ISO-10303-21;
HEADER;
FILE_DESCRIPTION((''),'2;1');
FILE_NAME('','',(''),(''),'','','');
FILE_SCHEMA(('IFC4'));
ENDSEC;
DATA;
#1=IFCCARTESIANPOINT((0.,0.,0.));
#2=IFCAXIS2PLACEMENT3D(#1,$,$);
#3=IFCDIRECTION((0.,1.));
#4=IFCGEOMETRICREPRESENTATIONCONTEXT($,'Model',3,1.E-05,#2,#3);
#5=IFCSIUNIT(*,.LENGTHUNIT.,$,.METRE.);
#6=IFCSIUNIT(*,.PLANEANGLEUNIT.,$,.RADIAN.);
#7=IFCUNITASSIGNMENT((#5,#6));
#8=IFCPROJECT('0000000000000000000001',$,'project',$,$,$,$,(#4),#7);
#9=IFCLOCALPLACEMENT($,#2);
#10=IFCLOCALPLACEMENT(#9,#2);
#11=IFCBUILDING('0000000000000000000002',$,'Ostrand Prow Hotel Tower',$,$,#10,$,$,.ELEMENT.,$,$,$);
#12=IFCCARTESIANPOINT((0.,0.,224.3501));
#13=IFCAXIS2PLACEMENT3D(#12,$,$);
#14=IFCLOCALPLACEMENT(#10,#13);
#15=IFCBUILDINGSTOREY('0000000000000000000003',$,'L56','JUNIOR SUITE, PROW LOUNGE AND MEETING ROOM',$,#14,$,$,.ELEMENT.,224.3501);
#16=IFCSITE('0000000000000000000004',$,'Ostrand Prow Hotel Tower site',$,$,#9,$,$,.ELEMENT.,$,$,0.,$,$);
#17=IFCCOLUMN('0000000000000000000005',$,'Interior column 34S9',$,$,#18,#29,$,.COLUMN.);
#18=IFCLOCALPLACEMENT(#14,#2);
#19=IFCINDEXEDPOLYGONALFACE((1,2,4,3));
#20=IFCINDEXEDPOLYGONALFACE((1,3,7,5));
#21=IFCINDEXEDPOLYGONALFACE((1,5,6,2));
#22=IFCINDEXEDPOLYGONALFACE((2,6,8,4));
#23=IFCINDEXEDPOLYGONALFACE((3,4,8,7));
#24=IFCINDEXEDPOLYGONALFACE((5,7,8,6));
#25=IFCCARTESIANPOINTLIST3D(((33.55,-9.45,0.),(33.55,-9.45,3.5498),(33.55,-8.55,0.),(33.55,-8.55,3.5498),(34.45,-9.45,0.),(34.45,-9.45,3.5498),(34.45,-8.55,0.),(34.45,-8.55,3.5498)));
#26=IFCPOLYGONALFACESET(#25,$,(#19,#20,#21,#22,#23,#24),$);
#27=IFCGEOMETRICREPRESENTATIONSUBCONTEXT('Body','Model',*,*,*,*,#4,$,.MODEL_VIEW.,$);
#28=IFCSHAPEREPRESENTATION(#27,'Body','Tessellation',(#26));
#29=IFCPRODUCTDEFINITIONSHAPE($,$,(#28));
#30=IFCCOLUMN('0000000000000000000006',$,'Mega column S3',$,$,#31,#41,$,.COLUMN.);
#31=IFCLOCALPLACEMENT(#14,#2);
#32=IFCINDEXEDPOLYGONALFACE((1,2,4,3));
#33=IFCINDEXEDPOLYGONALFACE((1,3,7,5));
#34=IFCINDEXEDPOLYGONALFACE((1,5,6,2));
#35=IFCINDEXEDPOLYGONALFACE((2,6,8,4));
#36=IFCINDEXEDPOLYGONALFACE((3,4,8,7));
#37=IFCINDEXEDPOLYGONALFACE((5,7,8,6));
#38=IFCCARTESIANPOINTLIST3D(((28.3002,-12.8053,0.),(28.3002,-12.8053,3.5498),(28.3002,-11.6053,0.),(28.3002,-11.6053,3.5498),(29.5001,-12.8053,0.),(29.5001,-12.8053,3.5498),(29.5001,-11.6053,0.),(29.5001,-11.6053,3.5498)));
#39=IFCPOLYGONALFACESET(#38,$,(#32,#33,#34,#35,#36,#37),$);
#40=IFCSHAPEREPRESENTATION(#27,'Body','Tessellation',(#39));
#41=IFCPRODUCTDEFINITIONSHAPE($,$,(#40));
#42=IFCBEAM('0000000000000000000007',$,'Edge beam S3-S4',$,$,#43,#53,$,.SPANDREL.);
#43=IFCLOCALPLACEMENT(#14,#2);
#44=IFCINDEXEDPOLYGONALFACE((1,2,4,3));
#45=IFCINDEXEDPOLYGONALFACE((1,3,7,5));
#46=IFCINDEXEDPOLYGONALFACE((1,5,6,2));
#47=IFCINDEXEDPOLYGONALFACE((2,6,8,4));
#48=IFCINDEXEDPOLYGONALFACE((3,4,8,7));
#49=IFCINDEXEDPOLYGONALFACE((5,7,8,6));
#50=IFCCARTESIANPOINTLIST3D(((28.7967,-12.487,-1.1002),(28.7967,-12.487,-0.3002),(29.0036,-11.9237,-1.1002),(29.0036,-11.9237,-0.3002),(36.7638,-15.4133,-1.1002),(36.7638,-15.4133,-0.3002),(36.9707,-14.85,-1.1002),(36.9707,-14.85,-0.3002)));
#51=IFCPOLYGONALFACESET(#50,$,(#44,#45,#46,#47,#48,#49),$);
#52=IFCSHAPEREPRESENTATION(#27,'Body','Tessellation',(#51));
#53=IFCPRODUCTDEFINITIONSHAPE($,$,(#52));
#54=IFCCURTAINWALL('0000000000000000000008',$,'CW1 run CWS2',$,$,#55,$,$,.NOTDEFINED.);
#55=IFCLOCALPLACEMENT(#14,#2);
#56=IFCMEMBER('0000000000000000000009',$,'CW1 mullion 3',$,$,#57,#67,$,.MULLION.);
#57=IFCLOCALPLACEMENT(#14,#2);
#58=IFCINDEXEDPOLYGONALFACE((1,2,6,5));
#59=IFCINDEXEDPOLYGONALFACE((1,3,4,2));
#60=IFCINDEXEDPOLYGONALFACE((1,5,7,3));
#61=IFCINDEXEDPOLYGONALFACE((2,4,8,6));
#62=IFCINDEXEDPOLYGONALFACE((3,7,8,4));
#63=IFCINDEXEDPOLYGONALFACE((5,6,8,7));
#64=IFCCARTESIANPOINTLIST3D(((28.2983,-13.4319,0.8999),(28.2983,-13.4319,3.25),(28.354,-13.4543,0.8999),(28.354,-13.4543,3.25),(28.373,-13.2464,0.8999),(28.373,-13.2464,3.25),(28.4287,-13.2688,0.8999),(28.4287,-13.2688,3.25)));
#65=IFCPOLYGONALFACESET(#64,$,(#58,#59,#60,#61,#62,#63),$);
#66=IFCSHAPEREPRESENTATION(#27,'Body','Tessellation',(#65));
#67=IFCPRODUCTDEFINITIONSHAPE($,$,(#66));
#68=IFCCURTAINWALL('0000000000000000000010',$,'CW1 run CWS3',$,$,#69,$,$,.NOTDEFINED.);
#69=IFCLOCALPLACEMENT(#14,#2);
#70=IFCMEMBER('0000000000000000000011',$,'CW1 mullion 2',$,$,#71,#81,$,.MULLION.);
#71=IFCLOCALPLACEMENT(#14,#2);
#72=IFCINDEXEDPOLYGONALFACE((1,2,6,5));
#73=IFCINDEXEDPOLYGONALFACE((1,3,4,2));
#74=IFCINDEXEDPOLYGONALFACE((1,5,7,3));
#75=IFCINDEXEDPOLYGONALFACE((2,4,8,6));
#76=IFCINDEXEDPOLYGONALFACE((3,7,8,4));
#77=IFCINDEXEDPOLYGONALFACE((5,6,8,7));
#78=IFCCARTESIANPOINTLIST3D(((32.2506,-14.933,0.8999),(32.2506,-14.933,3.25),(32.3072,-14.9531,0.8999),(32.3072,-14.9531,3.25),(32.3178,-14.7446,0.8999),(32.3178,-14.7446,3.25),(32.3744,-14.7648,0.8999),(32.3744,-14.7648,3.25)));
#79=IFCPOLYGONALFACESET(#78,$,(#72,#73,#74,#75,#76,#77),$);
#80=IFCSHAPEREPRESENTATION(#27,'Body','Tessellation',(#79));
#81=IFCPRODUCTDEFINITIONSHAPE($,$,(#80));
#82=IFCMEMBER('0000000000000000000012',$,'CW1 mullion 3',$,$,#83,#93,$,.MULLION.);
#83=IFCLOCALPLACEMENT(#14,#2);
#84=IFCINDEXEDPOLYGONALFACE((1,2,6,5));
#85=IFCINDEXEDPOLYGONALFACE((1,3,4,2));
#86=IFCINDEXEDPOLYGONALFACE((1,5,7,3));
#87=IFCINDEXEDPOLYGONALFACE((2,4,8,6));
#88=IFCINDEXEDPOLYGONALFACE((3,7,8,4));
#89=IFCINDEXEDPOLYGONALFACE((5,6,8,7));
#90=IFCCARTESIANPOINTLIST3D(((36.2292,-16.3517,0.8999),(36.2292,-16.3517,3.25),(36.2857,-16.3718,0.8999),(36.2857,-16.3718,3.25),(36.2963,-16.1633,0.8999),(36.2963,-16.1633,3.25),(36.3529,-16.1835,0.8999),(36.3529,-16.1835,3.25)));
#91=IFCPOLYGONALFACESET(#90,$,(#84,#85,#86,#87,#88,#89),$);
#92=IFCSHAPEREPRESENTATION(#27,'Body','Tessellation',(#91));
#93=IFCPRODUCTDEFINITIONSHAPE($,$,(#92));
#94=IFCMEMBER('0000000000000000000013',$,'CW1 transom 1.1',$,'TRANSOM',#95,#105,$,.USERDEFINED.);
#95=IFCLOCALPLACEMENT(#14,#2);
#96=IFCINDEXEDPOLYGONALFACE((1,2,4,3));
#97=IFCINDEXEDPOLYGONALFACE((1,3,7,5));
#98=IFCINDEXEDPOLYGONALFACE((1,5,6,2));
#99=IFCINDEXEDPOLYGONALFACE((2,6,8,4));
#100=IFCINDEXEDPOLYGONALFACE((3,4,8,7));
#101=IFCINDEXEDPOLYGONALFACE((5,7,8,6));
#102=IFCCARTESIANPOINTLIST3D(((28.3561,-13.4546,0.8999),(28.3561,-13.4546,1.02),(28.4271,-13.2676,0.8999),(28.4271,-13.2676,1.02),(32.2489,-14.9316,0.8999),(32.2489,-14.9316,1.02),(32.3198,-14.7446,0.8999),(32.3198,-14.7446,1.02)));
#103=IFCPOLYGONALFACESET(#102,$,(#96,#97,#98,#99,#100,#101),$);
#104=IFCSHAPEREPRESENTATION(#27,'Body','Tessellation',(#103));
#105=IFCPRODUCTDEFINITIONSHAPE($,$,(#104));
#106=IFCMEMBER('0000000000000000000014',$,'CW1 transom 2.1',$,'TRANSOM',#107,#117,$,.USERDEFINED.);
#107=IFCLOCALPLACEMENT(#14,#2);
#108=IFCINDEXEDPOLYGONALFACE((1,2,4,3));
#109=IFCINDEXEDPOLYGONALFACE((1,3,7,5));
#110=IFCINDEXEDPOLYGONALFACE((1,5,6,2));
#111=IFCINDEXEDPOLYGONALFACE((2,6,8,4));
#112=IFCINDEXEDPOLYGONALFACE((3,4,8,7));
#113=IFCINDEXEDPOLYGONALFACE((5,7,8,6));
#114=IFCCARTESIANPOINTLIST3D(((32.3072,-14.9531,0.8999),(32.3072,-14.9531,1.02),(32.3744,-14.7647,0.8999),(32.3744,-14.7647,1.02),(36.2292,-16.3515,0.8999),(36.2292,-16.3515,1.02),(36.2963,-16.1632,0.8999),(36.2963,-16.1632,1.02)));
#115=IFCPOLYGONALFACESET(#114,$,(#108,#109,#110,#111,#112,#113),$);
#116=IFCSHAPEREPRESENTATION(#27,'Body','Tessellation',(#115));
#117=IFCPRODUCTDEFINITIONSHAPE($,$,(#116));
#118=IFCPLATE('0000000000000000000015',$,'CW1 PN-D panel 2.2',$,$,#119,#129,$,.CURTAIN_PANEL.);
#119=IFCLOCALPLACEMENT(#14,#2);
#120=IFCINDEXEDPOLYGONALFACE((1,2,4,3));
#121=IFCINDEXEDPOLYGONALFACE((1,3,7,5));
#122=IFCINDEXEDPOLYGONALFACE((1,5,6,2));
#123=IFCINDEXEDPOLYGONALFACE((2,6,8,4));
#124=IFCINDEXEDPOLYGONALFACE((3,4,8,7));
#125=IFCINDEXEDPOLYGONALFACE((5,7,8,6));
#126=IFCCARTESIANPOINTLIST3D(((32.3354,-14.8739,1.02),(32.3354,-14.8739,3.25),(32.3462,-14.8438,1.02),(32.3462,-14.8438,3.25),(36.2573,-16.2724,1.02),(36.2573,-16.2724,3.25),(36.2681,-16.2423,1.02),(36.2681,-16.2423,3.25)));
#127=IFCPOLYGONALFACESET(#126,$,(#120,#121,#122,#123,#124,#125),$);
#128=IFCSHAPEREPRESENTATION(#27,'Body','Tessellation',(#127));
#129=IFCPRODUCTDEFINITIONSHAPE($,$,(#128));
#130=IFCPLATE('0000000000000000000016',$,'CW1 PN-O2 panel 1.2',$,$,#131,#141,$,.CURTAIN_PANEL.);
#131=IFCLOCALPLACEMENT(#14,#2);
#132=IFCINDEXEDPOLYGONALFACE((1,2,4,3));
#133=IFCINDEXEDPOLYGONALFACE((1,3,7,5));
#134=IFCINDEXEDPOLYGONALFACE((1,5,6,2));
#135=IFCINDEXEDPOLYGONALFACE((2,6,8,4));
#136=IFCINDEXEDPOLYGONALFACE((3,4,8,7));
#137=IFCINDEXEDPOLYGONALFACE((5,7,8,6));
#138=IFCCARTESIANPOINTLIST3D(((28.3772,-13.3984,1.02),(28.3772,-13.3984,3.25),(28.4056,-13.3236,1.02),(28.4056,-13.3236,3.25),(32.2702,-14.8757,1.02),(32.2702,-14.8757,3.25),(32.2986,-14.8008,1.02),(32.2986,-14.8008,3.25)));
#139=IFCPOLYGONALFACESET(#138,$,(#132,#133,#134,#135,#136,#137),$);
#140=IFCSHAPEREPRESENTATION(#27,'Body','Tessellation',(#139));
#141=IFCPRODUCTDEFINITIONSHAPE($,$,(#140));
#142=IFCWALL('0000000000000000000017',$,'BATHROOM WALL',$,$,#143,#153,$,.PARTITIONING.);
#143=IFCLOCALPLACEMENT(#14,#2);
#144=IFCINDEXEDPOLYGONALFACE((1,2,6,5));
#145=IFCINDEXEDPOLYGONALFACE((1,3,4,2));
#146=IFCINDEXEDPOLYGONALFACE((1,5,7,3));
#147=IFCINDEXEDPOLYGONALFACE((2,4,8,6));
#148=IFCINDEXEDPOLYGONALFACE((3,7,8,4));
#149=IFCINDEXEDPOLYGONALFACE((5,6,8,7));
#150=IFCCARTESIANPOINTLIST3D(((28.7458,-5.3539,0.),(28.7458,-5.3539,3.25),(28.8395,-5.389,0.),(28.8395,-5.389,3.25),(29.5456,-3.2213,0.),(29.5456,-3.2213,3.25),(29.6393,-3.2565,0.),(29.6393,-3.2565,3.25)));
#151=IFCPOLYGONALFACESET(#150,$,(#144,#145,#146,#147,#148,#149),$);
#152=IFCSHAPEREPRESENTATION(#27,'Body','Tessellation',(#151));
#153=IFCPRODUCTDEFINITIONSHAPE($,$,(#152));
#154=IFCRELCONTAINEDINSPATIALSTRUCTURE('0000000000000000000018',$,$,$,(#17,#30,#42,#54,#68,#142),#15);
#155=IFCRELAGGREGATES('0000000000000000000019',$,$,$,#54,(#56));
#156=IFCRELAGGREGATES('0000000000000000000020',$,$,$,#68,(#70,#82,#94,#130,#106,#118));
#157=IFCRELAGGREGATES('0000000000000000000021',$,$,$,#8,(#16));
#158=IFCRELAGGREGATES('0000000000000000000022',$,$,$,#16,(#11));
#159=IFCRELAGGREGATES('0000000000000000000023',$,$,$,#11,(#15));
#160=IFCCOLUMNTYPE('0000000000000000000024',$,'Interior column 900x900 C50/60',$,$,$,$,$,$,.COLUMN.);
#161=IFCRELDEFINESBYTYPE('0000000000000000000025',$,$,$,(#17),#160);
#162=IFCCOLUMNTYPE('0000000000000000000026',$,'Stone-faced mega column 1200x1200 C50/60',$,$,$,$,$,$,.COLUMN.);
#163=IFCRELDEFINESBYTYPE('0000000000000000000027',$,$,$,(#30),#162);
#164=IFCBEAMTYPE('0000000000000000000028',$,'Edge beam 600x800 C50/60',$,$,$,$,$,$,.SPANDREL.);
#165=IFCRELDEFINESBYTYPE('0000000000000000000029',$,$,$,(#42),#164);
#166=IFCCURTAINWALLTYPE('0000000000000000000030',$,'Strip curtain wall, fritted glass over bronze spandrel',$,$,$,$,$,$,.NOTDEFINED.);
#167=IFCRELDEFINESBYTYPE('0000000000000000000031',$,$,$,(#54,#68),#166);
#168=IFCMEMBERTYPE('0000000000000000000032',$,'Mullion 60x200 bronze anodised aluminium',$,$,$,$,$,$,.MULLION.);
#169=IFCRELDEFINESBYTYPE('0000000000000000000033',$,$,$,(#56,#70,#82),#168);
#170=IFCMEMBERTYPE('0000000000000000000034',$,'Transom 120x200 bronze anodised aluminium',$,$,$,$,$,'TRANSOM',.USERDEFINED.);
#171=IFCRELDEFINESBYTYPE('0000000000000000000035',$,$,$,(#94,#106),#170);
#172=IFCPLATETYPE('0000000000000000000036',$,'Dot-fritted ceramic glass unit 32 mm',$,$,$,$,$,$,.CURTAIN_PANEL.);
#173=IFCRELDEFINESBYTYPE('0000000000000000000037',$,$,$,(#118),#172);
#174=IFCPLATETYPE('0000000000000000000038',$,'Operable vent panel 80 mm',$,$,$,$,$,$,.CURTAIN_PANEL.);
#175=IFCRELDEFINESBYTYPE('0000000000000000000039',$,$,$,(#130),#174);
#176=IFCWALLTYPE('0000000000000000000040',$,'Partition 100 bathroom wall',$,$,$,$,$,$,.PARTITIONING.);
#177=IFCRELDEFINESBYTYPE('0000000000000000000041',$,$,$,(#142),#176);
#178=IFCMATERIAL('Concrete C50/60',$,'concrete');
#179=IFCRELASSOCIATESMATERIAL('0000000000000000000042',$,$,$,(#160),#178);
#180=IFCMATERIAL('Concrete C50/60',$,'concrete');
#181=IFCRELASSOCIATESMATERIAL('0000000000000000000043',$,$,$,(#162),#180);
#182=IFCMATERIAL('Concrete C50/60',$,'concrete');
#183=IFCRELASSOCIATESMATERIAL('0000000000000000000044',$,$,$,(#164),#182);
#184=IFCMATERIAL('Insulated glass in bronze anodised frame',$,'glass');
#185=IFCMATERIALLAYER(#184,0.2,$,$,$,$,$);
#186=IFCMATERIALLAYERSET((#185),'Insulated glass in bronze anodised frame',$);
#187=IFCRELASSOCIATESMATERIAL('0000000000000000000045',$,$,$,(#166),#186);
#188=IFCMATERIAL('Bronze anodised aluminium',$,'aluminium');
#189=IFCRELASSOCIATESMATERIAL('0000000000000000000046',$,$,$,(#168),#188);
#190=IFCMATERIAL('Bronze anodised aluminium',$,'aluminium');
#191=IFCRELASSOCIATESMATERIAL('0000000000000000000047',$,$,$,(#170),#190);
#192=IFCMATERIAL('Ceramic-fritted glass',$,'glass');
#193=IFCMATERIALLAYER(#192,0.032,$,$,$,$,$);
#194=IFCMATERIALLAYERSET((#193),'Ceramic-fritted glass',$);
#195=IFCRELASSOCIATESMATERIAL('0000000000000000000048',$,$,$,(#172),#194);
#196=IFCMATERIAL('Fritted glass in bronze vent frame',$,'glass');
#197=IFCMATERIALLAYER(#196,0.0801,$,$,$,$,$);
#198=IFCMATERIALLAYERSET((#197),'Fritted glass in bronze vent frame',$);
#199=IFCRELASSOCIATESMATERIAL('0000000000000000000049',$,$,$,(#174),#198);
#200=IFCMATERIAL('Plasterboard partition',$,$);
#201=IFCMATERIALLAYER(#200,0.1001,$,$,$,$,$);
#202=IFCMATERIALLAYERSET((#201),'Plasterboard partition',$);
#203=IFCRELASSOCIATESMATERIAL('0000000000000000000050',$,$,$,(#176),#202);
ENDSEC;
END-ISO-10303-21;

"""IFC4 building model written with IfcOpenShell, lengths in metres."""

from ifc_helpers import new_model, si_unit, direction, frame, frame_2d, origin, origin_2d, place, context, subcontext, project, spatial, rectangle, extrude, material, layer, layer_set, material_profile, profile_set, type_object, element, aggregate, save


model = new_model("IFC4")

# Units and contexts
model_context = context("Model", 3, precision=1e-05, world=origin(), true_north=direction((0.0, 1.0)))
body_context = subcontext(model_context, "Body", "Model", "MODEL_VIEW")
ifc_project = project(units=[si_unit("LENGTHUNIT", "METRE"), si_unit("PLANEANGLEUNIT", "RADIAN")], contexts=[model_context])

# Site, building, storey
site_placement = place(None, origin())
site = spatial("IfcSite", under=ifc_project, at=site_placement, Name="Ostrand Prow Hotel Tower site", CompositionType="ELEMENT", RefElevation=0.0)
building_placement = place(site_placement, origin())
building = spatial("IfcBuilding", under=site, at=building_placement, Name="Ostrand Prow Hotel Tower", CompositionType="ELEMENT")
storey_placement = place(building_placement, frame((0.0, 0.0, 224.3501)))
storey = spatial("IfcBuildingStorey", under=building, at=storey_placement, Name="L56", Description="JUNIOR SUITE, PROW LOUNGE AND MEETING ROOM", CompositionType="ELEMENT", Elevation=224.3501)

# Columns
ifc_material_1 = material(Name="Concrete C50/60", Category="concrete")
ifc_material_profile_1 = material_profile(ifc_material_1, rectangle(XDim=0.8999, YDim=0.8999, at=origin_2d()), Name="RC 900x900")
ifc_profile_set_1 = profile_set([ifc_material_profile_1], Name="Concrete C50/60")
column_type_1 = type_object("IfcColumnType", Name="Interior column 900x900 C50/60", PredefinedType="COLUMN", material=ifc_profile_set_1)
column_1_placement = place(storey_placement, frame((34.0, -9.0, 0.0), z_axis=(0.0, 0.0, 1.0), x_axis=(1.0, 0.0, 0.0)))
element("IfcColumn", 1, at=column_1_placement, inside=storey, type_object=column_type_1, Name="Interior column 34S9", PredefinedType="COLUMN", context=body_context, shape_type="SweptSolid", body=[
    extrude(rectangle(XDim=0.8999, YDim=0.8999, at=origin_2d()), origin(), (0.0, 0.0, 1.0), 3.5498),
])
ifc_material_2 = material(Name="Concrete C50/60", Category="concrete")
ifc_material_profile_2 = material_profile(ifc_material_2, rectangle(XDim=1.2, YDim=1.2, at=origin_2d()), Name="RC 1200x1200")
ifc_profile_set_2 = profile_set([ifc_material_profile_2], Name="Concrete C50/60")
column_type_2 = type_object("IfcColumnType", Name="Stone-faced mega column 1200x1200 C50/60", PredefinedType="COLUMN", material=ifc_profile_set_2)
column_2_placement = place(storey_placement, frame((28.9001, -12.2053, 0.0), z_axis=(0.0, 0.0, 1.0), x_axis=(1.0, 0.0, 0.0)))
element("IfcColumn", 2, at=column_2_placement, inside=storey, type_object=column_type_2, Name="Mega column S3", PredefinedType="COLUMN", context=body_context, shape_type="SweptSolid", body=[
    extrude(rectangle(XDim=1.2, YDim=1.2, at=origin_2d()), origin(), (0.0, 0.0, 1.0), 3.5498),
])

# Beam
ifc_material_3 = material(Name="Concrete C50/60", Category="concrete")
ifc_material_profile_3 = material_profile(ifc_material_3, rectangle(XDim=0.6001, YDim=0.8, at=origin_2d()), Name="RC 600x800")
ifc_profile_set_3 = profile_set([ifc_material_profile_3], Name="Concrete C50/60")
beam_type = type_object("IfcBeamType", Name="Edge beam 600x800 C50/60", PredefinedType="SPANDREL", material=ifc_profile_set_3)
beam_placement = place(storey_placement, frame((28.9001, -12.2053, -0.7002), z_axis=(0.938685, -0.344776, 0.0), x_axis=(0.344776, 0.938685, 0.0)))
element("IfcBeam", 3, at=beam_placement, inside=storey, type_object=beam_type, Name="Edge beam S3-S4", PredefinedType="SPANDREL", context=body_context, shape_type="SweptSolid", body=[
    extrude(rectangle(XDim=0.6001, YDim=0.8, at=origin_2d()), origin(), (0.0, 0.0, 1.0), 8.4875),
])

# Curtain wall, member
ifc_material_4 = material(Name="Insulated glass in bronze anodised frame", Category="glass")
ifc_layer_1 = layer(ifc_material_4, 0.2)
ifc_layer_set_1 = layer_set([ifc_layer_1], Name="Insulated glass in bronze anodised frame")
curtain_wall_type = type_object("IfcCurtainWallType", Name="Strip curtain wall, fritted glass over bronze spandrel", PredefinedType="NOTDEFINED", material=ifc_layer_set_1)
curtain_wall_1_placement = place(storey_placement, origin())
curtain_wall_1 = element("IfcCurtainWall", 4, at=curtain_wall_1_placement, inside=storey, type_object=curtain_wall_type, Name="CW1 run CWS2", PredefinedType="NOTDEFINED")
ifc_material_5 = material(Name="Bronze anodised aluminium", Category="aluminium")
ifc_material_profile_4 = material_profile(ifc_material_5, rectangle(XDim=0.2, YDim=0.0601, at=origin_2d()), Name="Mullion 60x200 bronze anodised aluminium")
ifc_profile_set_4 = profile_set([ifc_material_profile_4], Name="Bronze anodised aluminium")
member_type_1 = type_object("IfcMemberType", Name="Mullion 60x200 bronze anodised aluminium", PredefinedType="MULLION", material=ifc_profile_set_4)
member_1_placement = place(storey_placement, frame((28.3635, -13.3503, 0.8999), z_axis=(0.0, 0.0, 1.0), x_axis=(0.373533, 0.927617, 0.0)))
member_1 = element("IfcMember", 5, at=member_1_placement, type_object=member_type_1, Name="CW1 mullion 3", PredefinedType="MULLION", context=body_context, shape_type="SweptSolid", body=[
    extrude(rectangle(XDim=0.2, YDim=0.0601, at=origin_2d()), origin(), (0.0, 0.0, 1.0), 2.3501),
])
aggregate(curtain_wall_1, [member_1])

# Curtain wall, members, plates
curtain_wall_2_placement = place(storey_placement, origin())
curtain_wall_2 = element("IfcCurtainWall", 6, at=curtain_wall_2_placement, inside=storey, type_object=curtain_wall_type, Name="CW1 run CWS3", PredefinedType="NOTDEFINED")
member_2_placement = place(storey_placement, frame((32.3125, -14.8489, 0.8999), z_axis=(0.0, 0.0, 1.0), x_axis=(0.335877, 0.941906, 0.0)))
member_2 = element("IfcMember", 7, at=member_2_placement, type_object=member_type_1, Name="CW1 mullion 2", PredefinedType="MULLION", context=body_context, shape_type="SweptSolid", body=[
    extrude(rectangle(XDim=0.2, YDim=0.0601, at=origin_2d()), origin(), (0.0, 0.0, 1.0), 2.3501),
])
member_3_placement = place(storey_placement, frame((36.291, -16.2676, 0.8999), z_axis=(0.0, 0.0, 1.0), x_axis=(0.335877, 0.941906, 0.0)))
member_3 = element("IfcMember", 8, at=member_3_placement, type_object=member_type_1, Name="CW1 mullion 3", PredefinedType="MULLION", context=body_context, shape_type="SweptSolid", body=[
    extrude(rectangle(XDim=0.2, YDim=0.0601, at=origin_2d()), origin(), (0.0, 0.0, 1.0), 2.3501),
])
ifc_material_6 = material(Name="Bronze anodised aluminium", Category="aluminium")
ifc_material_profile_5 = material_profile(ifc_material_6, rectangle(XDim=0.2, YDim=0.1201, at=origin_2d()), Name="Transom 120x200 bronze anodised aluminium")
ifc_profile_set_5 = profile_set([ifc_material_profile_5], Name="Bronze anodised aluminium")
member_type_2 = type_object("IfcMemberType", Name="Transom 120x200 bronze anodised aluminium", ElementType="TRANSOM", PredefinedType="USERDEFINED", material=ifc_profile_set_5)
member_4_placement = place(storey_placement, frame((28.3916, -13.3611, 0.96), z_axis=(0.934961, -0.354751, 0.0), x_axis=(0.354751, 0.934961, 0.0)))
member_4 = element("IfcMember", 9, at=member_4_placement, type_object=member_type_2, Name="CW1 transom 1.1", ObjectType="TRANSOM", PredefinedType="USERDEFINED", context=body_context, shape_type="SweptSolid", body=[
    extrude(rectangle(XDim=0.2, YDim=0.1201, at=origin_2d()), origin(), (0.0, 0.0, 1.0), 4.1636),
])
member_5_placement = place(storey_placement, frame((32.3408, -14.8589, 0.96), z_axis=(0.941912, -0.335861, 0.0), x_axis=(0.335861, 0.941912, 0.0)))
member_5 = element("IfcMember", 10, at=member_5_placement, type_object=member_type_2, Name="CW1 transom 2.1", ObjectType="TRANSOM", PredefinedType="USERDEFINED", context=body_context, shape_type="SweptSolid", body=[
    extrude(rectangle(XDim=0.2, YDim=0.1201, at=origin_2d()), origin(), (0.0, 0.0, 1.0), 4.1638),
])
ifc_material_7 = material(Name="Ceramic-fritted glass", Category="glass")
ifc_layer_2 = layer(ifc_material_7, 0.032)
ifc_layer_set_2 = layer_set([ifc_layer_2], Name="Ceramic-fritted glass")
plate_type_1 = type_object("IfcPlateType", Name="Dot-fritted ceramic glass unit 32 mm", PredefinedType="CURTAIN_PANEL", material=ifc_layer_set_2)
plate_1_placement = place(storey_placement, frame((34.3018, -15.5581, 1.02), z_axis=(0.0, 0.0, 1.0), x_axis=(0.941906, -0.335877, 0.0)))
plate_1 = element("IfcPlate", 11, at=plate_1_placement, type_object=plate_type_1, Name="CW1 PN-D panel 2.2", PredefinedType="CURTAIN_PANEL", context=body_context, shape_type="SweptSolid", body=[
    extrude(rectangle(XDim=4.1638, YDim=0.032, at=origin_2d()), origin(), (0.0, 0.0, 1.0), 2.23),
])
ifc_material_8 = material(Name="Fritted glass in bronze vent frame", Category="glass")
ifc_layer_3 = layer(ifc_material_8, 0.0801)
ifc_layer_set_3 = layer_set([ifc_layer_3], Name="Fritted glass in bronze vent frame")
plate_type_2 = type_object("IfcPlateType", Name="Operable vent panel 80 mm", PredefinedType="CURTAIN_PANEL", material=ifc_layer_set_3)
plate_2_placement = place(storey_placement, frame((30.3379, -14.0996, 1.02), z_axis=(0.0, 0.0, 1.0), x_axis=(0.934951, -0.354777, 0.0)))
plate_2 = element("IfcPlate", 12, at=plate_2_placement, type_object=plate_type_2, Name="CW1 PN-O2 panel 1.2", PredefinedType="CURTAIN_PANEL", context=body_context, shape_type="SweptSolid", body=[
    extrude(rectangle(XDim=4.1638, YDim=0.0801, at=origin_2d()), origin(), (0.0, 0.0, 1.0), 2.23),
])
aggregate(curtain_wall_2, [member_2, member_3, member_4, plate_2, member_5, plate_1])

# Wall
ifc_material_9 = material(Name="Plasterboard partition")
ifc_layer_4 = layer(ifc_material_9, 0.1001)
ifc_layer_set_4 = layer_set([ifc_layer_4], Name="Plasterboard partition")
wall_type_1 = type_object("IfcWallType", Name="Partition 100 bathroom wall", PredefinedType="PARTITIONING", material=ifc_layer_set_4)
wall_1_placement = place(storey_placement, frame((28.7927, -5.3713, 0.0), z_axis=(0.0, 0.0, 1.0), x_axis=(0.351159, 0.936316, 0.0)))
element("IfcWall", 13, at=wall_1_placement, inside=storey, type_object=wall_type_1, Name="BATHROOM WALL", PredefinedType="PARTITIONING", context=body_context, shape_type="SweptSolid", body=[
    extrude(rectangle(XDim=2.2776, YDim=0.1001, at=frame_2d((1.1387, 0.0))), origin(), (0.0, 0.0, 1.0), 3.25),
])

save(model, "model.ifc")
